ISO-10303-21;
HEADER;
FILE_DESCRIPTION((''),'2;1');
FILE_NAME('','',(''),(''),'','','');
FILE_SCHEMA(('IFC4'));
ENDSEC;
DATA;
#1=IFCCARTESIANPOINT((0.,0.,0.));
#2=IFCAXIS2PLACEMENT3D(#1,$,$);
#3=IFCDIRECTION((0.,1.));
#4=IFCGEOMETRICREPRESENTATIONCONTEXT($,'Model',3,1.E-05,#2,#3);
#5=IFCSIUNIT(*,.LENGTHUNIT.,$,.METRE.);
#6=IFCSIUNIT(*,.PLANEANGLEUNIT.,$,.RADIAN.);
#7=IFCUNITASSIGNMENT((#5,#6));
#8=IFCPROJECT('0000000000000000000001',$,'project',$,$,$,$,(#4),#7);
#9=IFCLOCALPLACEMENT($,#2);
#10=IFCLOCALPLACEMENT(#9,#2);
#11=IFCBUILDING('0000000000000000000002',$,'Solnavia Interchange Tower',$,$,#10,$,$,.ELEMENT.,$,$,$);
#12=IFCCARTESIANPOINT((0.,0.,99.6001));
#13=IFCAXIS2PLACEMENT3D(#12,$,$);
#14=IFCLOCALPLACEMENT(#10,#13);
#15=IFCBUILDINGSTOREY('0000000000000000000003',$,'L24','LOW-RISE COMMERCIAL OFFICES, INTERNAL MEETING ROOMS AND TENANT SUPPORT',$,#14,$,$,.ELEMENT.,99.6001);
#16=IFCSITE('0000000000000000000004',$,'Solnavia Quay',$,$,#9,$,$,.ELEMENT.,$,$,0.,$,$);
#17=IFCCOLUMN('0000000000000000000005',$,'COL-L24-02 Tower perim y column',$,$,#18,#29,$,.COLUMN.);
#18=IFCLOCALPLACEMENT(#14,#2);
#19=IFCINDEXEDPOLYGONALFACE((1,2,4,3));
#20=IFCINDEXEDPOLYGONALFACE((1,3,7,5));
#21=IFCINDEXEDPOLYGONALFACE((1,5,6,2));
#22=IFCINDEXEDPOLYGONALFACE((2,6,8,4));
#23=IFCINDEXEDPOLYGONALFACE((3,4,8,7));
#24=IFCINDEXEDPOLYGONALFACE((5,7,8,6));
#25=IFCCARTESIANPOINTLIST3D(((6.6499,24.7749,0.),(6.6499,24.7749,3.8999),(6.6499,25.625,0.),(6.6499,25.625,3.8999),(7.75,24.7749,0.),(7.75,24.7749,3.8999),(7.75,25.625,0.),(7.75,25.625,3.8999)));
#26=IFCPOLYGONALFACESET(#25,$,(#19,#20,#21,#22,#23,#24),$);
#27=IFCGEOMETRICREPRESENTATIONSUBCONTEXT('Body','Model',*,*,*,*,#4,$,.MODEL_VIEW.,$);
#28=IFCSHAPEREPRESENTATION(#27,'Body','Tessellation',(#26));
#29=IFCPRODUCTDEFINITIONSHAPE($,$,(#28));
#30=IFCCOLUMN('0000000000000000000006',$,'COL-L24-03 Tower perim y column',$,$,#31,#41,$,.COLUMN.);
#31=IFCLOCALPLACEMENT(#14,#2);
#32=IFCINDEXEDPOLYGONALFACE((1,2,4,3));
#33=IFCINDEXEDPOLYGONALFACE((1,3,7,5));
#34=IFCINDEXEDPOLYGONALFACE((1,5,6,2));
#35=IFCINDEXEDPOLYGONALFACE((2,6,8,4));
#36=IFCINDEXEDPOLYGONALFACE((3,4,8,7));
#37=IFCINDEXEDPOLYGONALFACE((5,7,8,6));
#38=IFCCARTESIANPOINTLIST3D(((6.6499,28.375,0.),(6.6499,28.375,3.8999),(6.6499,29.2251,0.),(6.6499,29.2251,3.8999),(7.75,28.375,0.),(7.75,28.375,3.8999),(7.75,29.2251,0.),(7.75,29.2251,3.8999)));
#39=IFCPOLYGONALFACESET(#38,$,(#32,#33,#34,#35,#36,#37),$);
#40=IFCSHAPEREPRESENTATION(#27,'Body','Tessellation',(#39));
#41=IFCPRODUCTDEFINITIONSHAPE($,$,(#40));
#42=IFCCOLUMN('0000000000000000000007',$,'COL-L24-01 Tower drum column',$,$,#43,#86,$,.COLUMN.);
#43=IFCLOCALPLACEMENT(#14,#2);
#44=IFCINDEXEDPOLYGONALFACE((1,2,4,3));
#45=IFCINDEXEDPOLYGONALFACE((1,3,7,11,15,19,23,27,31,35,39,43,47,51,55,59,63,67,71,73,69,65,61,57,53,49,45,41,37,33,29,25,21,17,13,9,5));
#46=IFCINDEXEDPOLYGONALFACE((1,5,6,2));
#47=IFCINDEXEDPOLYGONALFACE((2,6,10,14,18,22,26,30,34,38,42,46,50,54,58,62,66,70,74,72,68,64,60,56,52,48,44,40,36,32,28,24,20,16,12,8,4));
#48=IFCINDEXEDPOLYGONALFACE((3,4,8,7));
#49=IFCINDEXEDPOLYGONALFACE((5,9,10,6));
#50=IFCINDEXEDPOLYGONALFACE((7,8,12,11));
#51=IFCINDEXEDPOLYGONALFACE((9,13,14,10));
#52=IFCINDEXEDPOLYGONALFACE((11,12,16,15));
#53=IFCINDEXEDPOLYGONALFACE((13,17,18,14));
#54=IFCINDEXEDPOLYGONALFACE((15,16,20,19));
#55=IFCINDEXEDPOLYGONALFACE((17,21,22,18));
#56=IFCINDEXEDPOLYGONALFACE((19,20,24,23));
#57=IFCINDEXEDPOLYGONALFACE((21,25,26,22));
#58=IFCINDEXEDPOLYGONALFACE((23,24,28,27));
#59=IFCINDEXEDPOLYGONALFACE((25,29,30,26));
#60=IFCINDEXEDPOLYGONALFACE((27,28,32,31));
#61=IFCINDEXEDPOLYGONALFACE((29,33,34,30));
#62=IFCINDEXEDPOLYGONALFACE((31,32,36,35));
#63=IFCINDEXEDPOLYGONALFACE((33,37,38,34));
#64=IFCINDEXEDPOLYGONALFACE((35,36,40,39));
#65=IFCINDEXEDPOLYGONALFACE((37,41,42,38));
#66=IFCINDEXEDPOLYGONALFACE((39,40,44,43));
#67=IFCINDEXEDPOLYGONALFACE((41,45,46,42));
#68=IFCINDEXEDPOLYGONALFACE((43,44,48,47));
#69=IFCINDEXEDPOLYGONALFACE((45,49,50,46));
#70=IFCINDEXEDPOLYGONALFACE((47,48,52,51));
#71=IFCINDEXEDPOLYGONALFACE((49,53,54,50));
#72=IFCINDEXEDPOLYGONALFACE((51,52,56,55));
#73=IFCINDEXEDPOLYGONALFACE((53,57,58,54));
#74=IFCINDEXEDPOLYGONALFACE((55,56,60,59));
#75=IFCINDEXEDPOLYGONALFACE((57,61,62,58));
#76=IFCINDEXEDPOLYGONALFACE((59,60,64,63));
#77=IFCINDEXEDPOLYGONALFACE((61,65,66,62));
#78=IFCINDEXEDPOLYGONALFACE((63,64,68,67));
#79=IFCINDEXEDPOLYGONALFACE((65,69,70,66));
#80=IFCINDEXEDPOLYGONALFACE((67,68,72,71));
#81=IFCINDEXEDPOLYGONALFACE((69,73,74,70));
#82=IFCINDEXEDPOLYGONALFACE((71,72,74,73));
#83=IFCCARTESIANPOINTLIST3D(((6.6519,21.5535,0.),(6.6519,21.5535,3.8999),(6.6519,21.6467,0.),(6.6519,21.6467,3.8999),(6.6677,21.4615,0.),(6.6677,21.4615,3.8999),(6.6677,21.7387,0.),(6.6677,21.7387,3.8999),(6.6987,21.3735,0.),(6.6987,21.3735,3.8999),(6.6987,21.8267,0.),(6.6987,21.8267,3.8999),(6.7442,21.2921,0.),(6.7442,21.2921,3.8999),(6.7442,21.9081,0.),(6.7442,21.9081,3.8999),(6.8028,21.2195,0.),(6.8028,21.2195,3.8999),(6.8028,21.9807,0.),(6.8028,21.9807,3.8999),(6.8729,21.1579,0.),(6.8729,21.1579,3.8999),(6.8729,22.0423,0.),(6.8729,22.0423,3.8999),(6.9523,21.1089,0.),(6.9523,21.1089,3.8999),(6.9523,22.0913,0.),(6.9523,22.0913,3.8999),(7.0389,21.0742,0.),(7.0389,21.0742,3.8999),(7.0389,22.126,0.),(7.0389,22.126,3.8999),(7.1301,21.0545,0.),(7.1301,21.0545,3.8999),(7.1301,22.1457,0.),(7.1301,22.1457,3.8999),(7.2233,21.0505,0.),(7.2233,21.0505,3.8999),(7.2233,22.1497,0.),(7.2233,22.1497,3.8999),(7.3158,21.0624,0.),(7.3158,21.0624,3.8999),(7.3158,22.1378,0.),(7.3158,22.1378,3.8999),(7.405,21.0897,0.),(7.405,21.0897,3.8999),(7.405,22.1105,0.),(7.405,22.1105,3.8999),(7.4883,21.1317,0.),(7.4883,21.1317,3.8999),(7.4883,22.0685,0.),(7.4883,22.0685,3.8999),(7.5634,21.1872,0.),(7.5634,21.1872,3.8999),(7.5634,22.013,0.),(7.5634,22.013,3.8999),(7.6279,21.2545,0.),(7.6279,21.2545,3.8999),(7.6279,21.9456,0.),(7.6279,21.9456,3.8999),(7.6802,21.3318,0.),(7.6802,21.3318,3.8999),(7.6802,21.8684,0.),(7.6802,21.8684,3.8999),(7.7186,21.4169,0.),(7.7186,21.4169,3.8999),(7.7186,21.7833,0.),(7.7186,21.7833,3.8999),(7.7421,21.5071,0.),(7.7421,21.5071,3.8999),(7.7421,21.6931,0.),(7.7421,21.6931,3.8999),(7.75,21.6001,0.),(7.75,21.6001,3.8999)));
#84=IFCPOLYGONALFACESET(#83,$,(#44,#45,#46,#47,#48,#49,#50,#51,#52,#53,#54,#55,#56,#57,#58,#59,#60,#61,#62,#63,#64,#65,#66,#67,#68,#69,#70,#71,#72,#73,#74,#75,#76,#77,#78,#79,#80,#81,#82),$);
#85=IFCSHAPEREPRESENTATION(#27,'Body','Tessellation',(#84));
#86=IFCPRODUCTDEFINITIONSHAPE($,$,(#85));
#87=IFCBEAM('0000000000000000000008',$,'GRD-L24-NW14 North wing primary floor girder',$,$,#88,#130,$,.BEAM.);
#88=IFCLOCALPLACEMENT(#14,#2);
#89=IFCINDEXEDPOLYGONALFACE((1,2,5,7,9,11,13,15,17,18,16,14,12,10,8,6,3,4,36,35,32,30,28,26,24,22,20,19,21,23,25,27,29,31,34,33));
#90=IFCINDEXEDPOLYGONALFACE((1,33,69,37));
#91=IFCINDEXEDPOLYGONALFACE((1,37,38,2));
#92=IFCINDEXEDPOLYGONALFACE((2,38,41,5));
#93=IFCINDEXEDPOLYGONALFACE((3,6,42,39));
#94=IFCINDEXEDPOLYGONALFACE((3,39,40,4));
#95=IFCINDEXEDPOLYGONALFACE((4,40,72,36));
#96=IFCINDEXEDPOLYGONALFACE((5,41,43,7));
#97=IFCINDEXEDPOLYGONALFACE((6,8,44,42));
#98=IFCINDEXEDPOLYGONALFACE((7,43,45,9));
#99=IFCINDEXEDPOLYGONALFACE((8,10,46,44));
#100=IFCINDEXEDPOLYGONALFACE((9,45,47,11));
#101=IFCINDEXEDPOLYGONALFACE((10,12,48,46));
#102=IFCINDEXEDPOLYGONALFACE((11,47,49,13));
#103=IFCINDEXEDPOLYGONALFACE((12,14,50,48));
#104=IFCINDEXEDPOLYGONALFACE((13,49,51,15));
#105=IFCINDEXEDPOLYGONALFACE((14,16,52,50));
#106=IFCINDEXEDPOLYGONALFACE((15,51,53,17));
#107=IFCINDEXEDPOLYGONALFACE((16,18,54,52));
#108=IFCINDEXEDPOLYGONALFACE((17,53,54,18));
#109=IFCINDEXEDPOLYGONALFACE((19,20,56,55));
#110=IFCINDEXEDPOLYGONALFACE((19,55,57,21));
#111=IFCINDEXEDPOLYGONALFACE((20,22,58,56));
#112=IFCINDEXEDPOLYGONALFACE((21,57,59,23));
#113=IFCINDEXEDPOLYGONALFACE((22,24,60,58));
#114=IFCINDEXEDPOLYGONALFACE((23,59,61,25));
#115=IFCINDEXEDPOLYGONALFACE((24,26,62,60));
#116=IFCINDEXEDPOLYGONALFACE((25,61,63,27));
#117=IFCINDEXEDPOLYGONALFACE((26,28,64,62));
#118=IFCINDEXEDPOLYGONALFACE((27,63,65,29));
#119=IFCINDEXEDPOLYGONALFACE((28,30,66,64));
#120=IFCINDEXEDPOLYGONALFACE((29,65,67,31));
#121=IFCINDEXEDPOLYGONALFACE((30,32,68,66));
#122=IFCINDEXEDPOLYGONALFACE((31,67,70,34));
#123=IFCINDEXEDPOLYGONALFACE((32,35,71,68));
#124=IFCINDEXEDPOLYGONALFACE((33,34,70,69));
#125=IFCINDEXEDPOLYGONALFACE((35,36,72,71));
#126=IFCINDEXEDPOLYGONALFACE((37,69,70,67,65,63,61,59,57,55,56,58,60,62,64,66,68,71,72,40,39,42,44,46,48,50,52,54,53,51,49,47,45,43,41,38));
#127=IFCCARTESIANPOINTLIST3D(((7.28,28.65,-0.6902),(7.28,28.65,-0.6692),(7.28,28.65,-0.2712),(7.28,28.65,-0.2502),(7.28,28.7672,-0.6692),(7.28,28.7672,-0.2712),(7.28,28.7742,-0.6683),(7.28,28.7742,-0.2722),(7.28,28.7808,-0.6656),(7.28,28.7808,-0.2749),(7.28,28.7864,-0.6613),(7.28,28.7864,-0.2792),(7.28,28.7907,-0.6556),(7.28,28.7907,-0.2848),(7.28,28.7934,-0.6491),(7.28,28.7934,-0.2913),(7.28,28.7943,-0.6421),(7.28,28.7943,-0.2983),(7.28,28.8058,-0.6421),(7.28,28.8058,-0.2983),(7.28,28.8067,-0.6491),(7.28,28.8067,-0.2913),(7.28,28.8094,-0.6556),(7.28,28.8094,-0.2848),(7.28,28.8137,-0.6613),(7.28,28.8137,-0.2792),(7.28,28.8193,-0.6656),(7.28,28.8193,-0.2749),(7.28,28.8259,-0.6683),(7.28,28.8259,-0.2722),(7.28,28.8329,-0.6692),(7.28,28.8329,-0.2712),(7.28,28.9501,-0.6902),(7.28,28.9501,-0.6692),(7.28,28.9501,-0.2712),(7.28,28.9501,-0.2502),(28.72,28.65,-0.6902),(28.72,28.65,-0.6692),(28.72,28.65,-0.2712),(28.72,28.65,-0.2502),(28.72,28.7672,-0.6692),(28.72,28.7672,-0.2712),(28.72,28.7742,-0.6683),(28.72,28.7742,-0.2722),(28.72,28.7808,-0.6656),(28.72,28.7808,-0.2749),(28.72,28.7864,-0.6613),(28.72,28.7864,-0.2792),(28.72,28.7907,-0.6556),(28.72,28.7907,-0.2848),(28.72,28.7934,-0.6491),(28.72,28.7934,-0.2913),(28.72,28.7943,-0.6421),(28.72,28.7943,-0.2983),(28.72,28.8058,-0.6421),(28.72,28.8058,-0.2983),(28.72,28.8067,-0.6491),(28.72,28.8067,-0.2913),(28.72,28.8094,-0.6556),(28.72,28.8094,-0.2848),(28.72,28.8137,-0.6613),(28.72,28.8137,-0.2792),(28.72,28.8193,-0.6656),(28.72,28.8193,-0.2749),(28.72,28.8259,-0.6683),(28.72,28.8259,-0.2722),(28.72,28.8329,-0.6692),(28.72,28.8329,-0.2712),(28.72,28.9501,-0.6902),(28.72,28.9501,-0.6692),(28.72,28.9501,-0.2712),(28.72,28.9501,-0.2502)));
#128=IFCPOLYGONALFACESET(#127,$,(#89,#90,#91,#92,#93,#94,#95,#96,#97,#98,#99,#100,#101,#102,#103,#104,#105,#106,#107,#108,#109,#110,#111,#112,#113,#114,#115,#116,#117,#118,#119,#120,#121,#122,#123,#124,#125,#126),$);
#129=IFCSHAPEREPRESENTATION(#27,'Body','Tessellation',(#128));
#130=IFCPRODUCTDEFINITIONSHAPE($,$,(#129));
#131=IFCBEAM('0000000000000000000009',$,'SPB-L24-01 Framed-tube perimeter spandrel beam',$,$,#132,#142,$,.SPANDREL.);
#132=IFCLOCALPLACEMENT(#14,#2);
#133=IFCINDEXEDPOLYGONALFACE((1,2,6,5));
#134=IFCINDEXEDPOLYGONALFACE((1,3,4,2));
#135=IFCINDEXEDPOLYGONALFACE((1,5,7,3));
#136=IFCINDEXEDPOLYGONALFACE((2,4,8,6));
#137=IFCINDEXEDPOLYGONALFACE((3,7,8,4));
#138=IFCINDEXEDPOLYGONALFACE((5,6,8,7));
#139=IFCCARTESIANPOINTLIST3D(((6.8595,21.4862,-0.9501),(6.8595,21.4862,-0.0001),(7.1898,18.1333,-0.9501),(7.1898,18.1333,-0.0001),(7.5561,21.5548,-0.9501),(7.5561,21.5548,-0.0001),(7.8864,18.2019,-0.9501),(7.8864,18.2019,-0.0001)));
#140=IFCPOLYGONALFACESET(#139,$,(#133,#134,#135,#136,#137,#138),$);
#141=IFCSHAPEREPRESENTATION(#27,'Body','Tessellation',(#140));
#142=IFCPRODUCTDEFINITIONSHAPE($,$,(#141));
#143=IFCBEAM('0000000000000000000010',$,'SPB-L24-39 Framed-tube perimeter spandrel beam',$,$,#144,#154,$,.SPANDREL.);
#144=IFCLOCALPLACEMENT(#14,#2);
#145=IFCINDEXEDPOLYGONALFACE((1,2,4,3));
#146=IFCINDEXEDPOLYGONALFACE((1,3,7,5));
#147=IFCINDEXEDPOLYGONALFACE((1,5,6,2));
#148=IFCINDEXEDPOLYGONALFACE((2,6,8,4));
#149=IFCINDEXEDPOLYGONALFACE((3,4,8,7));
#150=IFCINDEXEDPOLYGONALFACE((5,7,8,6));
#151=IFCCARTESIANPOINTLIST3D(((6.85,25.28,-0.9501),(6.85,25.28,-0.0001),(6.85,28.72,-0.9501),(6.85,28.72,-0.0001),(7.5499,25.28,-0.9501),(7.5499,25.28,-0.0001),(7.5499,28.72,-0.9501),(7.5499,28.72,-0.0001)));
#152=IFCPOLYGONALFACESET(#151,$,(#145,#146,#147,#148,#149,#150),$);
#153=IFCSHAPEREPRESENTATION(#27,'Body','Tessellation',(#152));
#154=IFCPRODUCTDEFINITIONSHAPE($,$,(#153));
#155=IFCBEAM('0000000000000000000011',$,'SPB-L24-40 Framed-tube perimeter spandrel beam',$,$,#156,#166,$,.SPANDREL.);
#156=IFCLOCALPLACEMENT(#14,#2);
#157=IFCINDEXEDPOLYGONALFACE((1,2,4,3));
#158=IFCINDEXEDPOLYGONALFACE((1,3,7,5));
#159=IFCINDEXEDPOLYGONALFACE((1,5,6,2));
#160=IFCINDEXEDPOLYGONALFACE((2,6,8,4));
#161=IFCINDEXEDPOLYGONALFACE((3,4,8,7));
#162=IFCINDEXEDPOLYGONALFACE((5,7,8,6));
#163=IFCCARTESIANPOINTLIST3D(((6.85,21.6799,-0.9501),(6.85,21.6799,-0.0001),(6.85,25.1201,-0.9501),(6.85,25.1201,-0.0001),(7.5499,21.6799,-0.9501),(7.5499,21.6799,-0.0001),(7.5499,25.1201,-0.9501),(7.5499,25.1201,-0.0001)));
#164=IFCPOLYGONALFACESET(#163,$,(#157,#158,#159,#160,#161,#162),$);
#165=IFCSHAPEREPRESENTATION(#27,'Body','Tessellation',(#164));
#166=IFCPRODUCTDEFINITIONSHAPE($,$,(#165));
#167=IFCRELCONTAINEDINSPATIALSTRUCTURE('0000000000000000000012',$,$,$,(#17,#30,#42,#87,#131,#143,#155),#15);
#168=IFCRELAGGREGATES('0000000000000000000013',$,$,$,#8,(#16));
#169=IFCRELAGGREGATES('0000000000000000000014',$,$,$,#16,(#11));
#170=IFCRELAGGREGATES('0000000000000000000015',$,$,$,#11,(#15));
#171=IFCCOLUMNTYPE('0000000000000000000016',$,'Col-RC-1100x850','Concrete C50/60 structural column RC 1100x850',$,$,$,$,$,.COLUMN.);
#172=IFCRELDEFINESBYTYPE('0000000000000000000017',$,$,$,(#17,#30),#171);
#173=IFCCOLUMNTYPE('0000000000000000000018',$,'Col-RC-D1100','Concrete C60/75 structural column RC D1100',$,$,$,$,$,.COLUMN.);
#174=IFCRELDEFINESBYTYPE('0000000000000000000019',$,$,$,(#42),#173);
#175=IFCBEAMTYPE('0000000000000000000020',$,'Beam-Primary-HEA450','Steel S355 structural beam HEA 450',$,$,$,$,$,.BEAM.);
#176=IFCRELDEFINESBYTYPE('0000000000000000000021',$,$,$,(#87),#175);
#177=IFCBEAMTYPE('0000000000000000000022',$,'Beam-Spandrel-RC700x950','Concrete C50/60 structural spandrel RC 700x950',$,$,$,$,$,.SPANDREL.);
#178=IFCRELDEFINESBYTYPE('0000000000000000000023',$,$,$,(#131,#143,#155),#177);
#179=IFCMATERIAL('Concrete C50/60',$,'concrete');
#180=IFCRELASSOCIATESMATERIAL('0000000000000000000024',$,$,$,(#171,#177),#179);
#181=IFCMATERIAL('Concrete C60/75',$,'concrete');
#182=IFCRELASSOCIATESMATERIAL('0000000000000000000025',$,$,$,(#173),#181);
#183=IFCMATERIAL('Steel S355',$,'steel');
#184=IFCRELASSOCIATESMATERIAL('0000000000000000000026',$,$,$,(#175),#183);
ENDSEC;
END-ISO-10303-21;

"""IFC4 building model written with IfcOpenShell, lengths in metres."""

from ifc_helpers import new_model, si_unit, direction, frame, origin, origin_2d, place, context, subcontext, project, spatial, rectangle, circle, i_section, extrude, material, material_profile, profile_set, type_object, element, save


model = new_model("IFC4")

# Units and contexts
model_context = context("Model", 3, precision=1e-05, world=origin(), true_north=direction((0.0, 1.0)))
body_context = subcontext(model_context, "Body", "Model", "MODEL_VIEW")
ifc_project = project(units=[si_unit("LENGTHUNIT", "METRE"), si_unit("PLANEANGLEUNIT", "RADIAN")], contexts=[model_context])

# Site, building, storey
site_placement = place(None, origin())
site = spatial("IfcSite", under=ifc_project, at=site_placement, Name="Solnavia Quay", CompositionType="ELEMENT", RefElevation=0.0)
building_placement = place(site_placement, origin())
building = spatial("IfcBuilding", under=site, at=building_placement, Name="Solnavia Interchange Tower", CompositionType="ELEMENT")
storey_placement = place(building_placement, frame((0.0, 0.0, 99.6001)))
storey = spatial("IfcBuildingStorey", under=building, at=storey_placement, Name="L24", Description="LOW-RISE COMMERCIAL OFFICES, INTERNAL MEETING ROOMS AND TENANT SUPPORT", CompositionType="ELEMENT", Elevation=99.6001)

# Columns
ifc_material_1 = material(Name="Concrete C50/60", Category="concrete")
ifc_material_profile_1 = material_profile(ifc_material_1, rectangle(XDim=0.8501, YDim=1.1001, at=origin_2d()), Name="RC 1100x850")
ifc_profile_set_1 = profile_set([ifc_material_profile_1], Name="Concrete C50/60")
column_type_1 = type_object("IfcColumnType", Name="Col-RC-1100x850", Description="Concrete C50/60 structural column RC 1100x850", PredefinedType="COLUMN", material=ifc_profile_set_1)
for number, where, z_axis, x_axis, name in (
    (1, (7.2, 25.2, 0.0), (0.0, 0.0, 1.0), (0.0, 1.0, 0.0), "COL-L24-02 Tower perim y column"),
    (2, (7.2, 28.8, 0.0), (0.0, 0.0, 1.0), (0.0, 1.0, 0.0), "COL-L24-03 Tower perim y column"),
):
    element("IfcColumn", number, at=place(storey_placement, frame(where, z_axis=z_axis, x_axis=x_axis)), inside=storey, type_object=column_type_1, Name=name, PredefinedType="COLUMN", context=body_context, shape_type="SweptSolid", body=[
        extrude(rectangle(XDim=0.8501, YDim=1.1001, at=origin_2d()), origin(), (0.0, 0.0, 1.0), 3.8999),
    ])
ifc_material_2 = material(Name="Concrete C60/75", Category="concrete")
ifc_material_profile_2 = material_profile(ifc_material_2, circle(Radius=0.55, at=origin_2d()), Name="RC D1100")
ifc_profile_set_2 = profile_set([ifc_material_profile_2], Name="Concrete C60/75")
column_type_2 = type_object("IfcColumnType", Name="Col-RC-D1100", Description="Concrete C60/75 structural column RC D1100", PredefinedType="COLUMN", material=ifc_profile_set_2)
column_placement = place(storey_placement, frame((7.2, 21.6001, 0.0), z_axis=(0.0, 0.0, 1.0), x_axis=(1.0, 0.0, 0.0)))
element("IfcColumn", 3, at=column_placement, inside=storey, type_object=column_type_2, Name="COL-L24-01 Tower drum column", PredefinedType="COLUMN", context=body_context, shape_type="SweptSolid", body=[
    extrude(circle(Radius=0.55, at=origin_2d()), origin(), (0.0, 0.0, 1.0), 3.8999),
])

# Beams
ifc_material_3 = material(Name="Steel S355", Category="steel")
ifc_material_profile_3 = material_profile(ifc_material_3, i_section(OverallWidth=0.3, OverallDepth=0.4399, WebThickness=0.0115, FlangeThickness=0.021, FilletRadius=0.0271, at=origin_2d()), Name="HEA 450")
ifc_profile_set_3 = profile_set([ifc_material_profile_3], Name="Steel S355")
beam_type_1 = type_object("IfcBeamType", Name="Beam-Primary-HEA450", Description="Steel S355 structural beam HEA 450", PredefinedType="BEAM", material=ifc_profile_set_3)
beam_1_placement = place(storey_placement, frame((7.28, 28.8, -0.4702), z_axis=(1.0, 0.0, 0.0), x_axis=(0.0, 1.0, 0.0)))
element("IfcBeam", 4, at=beam_1_placement, inside=storey, type_object=beam_type_1, Name="GRD-L24-NW14 North wing primary floor girder", PredefinedType="BEAM", context=body_context, shape_type="SweptSolid", body=[
    extrude(i_section(OverallWidth=0.3, OverallDepth=0.4399, WebThickness=0.0115, FlangeThickness=0.021, FilletRadius=0.0271, at=origin_2d()), origin(), (0.0, 0.0, 1.0), 21.4399),
])
ifc_material_profile_4 = material_profile(ifc_material_1, rectangle(XDim=0.7, YDim=0.95, at=origin_2d()), Name="RC 700x950")
ifc_profile_set_4 = profile_set([ifc_material_profile_4], Name="Concrete C50/60")
beam_type_2 = type_object("IfcBeamType", Name="Beam-Spandrel-RC700x950", Description="Concrete C50/60 structural spandrel RC 700x950", PredefinedType="SPANDREL", material=ifc_profile_set_4)
beam_2_placement = place(storey_placement, frame((7.2078, 21.5205, -0.4751), z_axis=(0.09804, -0.995182, 0.0), x_axis=(0.995182, 0.09804, 0.0)))
element("IfcBeam", 5, at=beam_2_placement, inside=storey, type_object=beam_type_2, Name="SPB-L24-01 Framed-tube perimeter spandrel beam", PredefinedType="SPANDREL", context=body_context, shape_type="SweptSolid", body=[
    extrude(rectangle(XDim=0.7, YDim=0.95, at=origin_2d()), origin(), (0.0, 0.0, 1.0), 3.3691),
])
beam_3_placement = place(storey_placement, frame((7.2, 28.72, -0.4751), z_axis=(0.0, -1.0, 0.0), x_axis=(1.0, 0.0, 0.0)))
element("IfcBeam", 6, at=beam_3_placement, inside=storey, type_object=beam_type_2, Name="SPB-L24-39 Framed-tube perimeter spandrel beam", PredefinedType="SPANDREL", context=body_context, shape_type="SweptSolid", body=[
    extrude(rectangle(XDim=0.7, YDim=0.95, at=origin_2d()), origin(), (0.0, 0.0, 1.0), 3.4399),
])
beam_4_placement = place(storey_placement, frame((7.2, 25.1201, -0.4751), z_axis=(0.0, -1.0, 0.0), x_axis=(1.0, 0.0, 0.0)))
element("IfcBeam", 7, at=beam_4_placement, inside=storey, type_object=beam_type_2, Name="SPB-L24-40 Framed-tube perimeter spandrel beam", PredefinedType="SPANDREL", context=body_context, shape_type="SweptSolid", body=[
    extrude(rectangle(XDim=0.7, YDim=0.95, at=origin_2d()), origin(), (0.0, 0.0, 1.0), 3.4402),
])

save(model, "model.ifc")
